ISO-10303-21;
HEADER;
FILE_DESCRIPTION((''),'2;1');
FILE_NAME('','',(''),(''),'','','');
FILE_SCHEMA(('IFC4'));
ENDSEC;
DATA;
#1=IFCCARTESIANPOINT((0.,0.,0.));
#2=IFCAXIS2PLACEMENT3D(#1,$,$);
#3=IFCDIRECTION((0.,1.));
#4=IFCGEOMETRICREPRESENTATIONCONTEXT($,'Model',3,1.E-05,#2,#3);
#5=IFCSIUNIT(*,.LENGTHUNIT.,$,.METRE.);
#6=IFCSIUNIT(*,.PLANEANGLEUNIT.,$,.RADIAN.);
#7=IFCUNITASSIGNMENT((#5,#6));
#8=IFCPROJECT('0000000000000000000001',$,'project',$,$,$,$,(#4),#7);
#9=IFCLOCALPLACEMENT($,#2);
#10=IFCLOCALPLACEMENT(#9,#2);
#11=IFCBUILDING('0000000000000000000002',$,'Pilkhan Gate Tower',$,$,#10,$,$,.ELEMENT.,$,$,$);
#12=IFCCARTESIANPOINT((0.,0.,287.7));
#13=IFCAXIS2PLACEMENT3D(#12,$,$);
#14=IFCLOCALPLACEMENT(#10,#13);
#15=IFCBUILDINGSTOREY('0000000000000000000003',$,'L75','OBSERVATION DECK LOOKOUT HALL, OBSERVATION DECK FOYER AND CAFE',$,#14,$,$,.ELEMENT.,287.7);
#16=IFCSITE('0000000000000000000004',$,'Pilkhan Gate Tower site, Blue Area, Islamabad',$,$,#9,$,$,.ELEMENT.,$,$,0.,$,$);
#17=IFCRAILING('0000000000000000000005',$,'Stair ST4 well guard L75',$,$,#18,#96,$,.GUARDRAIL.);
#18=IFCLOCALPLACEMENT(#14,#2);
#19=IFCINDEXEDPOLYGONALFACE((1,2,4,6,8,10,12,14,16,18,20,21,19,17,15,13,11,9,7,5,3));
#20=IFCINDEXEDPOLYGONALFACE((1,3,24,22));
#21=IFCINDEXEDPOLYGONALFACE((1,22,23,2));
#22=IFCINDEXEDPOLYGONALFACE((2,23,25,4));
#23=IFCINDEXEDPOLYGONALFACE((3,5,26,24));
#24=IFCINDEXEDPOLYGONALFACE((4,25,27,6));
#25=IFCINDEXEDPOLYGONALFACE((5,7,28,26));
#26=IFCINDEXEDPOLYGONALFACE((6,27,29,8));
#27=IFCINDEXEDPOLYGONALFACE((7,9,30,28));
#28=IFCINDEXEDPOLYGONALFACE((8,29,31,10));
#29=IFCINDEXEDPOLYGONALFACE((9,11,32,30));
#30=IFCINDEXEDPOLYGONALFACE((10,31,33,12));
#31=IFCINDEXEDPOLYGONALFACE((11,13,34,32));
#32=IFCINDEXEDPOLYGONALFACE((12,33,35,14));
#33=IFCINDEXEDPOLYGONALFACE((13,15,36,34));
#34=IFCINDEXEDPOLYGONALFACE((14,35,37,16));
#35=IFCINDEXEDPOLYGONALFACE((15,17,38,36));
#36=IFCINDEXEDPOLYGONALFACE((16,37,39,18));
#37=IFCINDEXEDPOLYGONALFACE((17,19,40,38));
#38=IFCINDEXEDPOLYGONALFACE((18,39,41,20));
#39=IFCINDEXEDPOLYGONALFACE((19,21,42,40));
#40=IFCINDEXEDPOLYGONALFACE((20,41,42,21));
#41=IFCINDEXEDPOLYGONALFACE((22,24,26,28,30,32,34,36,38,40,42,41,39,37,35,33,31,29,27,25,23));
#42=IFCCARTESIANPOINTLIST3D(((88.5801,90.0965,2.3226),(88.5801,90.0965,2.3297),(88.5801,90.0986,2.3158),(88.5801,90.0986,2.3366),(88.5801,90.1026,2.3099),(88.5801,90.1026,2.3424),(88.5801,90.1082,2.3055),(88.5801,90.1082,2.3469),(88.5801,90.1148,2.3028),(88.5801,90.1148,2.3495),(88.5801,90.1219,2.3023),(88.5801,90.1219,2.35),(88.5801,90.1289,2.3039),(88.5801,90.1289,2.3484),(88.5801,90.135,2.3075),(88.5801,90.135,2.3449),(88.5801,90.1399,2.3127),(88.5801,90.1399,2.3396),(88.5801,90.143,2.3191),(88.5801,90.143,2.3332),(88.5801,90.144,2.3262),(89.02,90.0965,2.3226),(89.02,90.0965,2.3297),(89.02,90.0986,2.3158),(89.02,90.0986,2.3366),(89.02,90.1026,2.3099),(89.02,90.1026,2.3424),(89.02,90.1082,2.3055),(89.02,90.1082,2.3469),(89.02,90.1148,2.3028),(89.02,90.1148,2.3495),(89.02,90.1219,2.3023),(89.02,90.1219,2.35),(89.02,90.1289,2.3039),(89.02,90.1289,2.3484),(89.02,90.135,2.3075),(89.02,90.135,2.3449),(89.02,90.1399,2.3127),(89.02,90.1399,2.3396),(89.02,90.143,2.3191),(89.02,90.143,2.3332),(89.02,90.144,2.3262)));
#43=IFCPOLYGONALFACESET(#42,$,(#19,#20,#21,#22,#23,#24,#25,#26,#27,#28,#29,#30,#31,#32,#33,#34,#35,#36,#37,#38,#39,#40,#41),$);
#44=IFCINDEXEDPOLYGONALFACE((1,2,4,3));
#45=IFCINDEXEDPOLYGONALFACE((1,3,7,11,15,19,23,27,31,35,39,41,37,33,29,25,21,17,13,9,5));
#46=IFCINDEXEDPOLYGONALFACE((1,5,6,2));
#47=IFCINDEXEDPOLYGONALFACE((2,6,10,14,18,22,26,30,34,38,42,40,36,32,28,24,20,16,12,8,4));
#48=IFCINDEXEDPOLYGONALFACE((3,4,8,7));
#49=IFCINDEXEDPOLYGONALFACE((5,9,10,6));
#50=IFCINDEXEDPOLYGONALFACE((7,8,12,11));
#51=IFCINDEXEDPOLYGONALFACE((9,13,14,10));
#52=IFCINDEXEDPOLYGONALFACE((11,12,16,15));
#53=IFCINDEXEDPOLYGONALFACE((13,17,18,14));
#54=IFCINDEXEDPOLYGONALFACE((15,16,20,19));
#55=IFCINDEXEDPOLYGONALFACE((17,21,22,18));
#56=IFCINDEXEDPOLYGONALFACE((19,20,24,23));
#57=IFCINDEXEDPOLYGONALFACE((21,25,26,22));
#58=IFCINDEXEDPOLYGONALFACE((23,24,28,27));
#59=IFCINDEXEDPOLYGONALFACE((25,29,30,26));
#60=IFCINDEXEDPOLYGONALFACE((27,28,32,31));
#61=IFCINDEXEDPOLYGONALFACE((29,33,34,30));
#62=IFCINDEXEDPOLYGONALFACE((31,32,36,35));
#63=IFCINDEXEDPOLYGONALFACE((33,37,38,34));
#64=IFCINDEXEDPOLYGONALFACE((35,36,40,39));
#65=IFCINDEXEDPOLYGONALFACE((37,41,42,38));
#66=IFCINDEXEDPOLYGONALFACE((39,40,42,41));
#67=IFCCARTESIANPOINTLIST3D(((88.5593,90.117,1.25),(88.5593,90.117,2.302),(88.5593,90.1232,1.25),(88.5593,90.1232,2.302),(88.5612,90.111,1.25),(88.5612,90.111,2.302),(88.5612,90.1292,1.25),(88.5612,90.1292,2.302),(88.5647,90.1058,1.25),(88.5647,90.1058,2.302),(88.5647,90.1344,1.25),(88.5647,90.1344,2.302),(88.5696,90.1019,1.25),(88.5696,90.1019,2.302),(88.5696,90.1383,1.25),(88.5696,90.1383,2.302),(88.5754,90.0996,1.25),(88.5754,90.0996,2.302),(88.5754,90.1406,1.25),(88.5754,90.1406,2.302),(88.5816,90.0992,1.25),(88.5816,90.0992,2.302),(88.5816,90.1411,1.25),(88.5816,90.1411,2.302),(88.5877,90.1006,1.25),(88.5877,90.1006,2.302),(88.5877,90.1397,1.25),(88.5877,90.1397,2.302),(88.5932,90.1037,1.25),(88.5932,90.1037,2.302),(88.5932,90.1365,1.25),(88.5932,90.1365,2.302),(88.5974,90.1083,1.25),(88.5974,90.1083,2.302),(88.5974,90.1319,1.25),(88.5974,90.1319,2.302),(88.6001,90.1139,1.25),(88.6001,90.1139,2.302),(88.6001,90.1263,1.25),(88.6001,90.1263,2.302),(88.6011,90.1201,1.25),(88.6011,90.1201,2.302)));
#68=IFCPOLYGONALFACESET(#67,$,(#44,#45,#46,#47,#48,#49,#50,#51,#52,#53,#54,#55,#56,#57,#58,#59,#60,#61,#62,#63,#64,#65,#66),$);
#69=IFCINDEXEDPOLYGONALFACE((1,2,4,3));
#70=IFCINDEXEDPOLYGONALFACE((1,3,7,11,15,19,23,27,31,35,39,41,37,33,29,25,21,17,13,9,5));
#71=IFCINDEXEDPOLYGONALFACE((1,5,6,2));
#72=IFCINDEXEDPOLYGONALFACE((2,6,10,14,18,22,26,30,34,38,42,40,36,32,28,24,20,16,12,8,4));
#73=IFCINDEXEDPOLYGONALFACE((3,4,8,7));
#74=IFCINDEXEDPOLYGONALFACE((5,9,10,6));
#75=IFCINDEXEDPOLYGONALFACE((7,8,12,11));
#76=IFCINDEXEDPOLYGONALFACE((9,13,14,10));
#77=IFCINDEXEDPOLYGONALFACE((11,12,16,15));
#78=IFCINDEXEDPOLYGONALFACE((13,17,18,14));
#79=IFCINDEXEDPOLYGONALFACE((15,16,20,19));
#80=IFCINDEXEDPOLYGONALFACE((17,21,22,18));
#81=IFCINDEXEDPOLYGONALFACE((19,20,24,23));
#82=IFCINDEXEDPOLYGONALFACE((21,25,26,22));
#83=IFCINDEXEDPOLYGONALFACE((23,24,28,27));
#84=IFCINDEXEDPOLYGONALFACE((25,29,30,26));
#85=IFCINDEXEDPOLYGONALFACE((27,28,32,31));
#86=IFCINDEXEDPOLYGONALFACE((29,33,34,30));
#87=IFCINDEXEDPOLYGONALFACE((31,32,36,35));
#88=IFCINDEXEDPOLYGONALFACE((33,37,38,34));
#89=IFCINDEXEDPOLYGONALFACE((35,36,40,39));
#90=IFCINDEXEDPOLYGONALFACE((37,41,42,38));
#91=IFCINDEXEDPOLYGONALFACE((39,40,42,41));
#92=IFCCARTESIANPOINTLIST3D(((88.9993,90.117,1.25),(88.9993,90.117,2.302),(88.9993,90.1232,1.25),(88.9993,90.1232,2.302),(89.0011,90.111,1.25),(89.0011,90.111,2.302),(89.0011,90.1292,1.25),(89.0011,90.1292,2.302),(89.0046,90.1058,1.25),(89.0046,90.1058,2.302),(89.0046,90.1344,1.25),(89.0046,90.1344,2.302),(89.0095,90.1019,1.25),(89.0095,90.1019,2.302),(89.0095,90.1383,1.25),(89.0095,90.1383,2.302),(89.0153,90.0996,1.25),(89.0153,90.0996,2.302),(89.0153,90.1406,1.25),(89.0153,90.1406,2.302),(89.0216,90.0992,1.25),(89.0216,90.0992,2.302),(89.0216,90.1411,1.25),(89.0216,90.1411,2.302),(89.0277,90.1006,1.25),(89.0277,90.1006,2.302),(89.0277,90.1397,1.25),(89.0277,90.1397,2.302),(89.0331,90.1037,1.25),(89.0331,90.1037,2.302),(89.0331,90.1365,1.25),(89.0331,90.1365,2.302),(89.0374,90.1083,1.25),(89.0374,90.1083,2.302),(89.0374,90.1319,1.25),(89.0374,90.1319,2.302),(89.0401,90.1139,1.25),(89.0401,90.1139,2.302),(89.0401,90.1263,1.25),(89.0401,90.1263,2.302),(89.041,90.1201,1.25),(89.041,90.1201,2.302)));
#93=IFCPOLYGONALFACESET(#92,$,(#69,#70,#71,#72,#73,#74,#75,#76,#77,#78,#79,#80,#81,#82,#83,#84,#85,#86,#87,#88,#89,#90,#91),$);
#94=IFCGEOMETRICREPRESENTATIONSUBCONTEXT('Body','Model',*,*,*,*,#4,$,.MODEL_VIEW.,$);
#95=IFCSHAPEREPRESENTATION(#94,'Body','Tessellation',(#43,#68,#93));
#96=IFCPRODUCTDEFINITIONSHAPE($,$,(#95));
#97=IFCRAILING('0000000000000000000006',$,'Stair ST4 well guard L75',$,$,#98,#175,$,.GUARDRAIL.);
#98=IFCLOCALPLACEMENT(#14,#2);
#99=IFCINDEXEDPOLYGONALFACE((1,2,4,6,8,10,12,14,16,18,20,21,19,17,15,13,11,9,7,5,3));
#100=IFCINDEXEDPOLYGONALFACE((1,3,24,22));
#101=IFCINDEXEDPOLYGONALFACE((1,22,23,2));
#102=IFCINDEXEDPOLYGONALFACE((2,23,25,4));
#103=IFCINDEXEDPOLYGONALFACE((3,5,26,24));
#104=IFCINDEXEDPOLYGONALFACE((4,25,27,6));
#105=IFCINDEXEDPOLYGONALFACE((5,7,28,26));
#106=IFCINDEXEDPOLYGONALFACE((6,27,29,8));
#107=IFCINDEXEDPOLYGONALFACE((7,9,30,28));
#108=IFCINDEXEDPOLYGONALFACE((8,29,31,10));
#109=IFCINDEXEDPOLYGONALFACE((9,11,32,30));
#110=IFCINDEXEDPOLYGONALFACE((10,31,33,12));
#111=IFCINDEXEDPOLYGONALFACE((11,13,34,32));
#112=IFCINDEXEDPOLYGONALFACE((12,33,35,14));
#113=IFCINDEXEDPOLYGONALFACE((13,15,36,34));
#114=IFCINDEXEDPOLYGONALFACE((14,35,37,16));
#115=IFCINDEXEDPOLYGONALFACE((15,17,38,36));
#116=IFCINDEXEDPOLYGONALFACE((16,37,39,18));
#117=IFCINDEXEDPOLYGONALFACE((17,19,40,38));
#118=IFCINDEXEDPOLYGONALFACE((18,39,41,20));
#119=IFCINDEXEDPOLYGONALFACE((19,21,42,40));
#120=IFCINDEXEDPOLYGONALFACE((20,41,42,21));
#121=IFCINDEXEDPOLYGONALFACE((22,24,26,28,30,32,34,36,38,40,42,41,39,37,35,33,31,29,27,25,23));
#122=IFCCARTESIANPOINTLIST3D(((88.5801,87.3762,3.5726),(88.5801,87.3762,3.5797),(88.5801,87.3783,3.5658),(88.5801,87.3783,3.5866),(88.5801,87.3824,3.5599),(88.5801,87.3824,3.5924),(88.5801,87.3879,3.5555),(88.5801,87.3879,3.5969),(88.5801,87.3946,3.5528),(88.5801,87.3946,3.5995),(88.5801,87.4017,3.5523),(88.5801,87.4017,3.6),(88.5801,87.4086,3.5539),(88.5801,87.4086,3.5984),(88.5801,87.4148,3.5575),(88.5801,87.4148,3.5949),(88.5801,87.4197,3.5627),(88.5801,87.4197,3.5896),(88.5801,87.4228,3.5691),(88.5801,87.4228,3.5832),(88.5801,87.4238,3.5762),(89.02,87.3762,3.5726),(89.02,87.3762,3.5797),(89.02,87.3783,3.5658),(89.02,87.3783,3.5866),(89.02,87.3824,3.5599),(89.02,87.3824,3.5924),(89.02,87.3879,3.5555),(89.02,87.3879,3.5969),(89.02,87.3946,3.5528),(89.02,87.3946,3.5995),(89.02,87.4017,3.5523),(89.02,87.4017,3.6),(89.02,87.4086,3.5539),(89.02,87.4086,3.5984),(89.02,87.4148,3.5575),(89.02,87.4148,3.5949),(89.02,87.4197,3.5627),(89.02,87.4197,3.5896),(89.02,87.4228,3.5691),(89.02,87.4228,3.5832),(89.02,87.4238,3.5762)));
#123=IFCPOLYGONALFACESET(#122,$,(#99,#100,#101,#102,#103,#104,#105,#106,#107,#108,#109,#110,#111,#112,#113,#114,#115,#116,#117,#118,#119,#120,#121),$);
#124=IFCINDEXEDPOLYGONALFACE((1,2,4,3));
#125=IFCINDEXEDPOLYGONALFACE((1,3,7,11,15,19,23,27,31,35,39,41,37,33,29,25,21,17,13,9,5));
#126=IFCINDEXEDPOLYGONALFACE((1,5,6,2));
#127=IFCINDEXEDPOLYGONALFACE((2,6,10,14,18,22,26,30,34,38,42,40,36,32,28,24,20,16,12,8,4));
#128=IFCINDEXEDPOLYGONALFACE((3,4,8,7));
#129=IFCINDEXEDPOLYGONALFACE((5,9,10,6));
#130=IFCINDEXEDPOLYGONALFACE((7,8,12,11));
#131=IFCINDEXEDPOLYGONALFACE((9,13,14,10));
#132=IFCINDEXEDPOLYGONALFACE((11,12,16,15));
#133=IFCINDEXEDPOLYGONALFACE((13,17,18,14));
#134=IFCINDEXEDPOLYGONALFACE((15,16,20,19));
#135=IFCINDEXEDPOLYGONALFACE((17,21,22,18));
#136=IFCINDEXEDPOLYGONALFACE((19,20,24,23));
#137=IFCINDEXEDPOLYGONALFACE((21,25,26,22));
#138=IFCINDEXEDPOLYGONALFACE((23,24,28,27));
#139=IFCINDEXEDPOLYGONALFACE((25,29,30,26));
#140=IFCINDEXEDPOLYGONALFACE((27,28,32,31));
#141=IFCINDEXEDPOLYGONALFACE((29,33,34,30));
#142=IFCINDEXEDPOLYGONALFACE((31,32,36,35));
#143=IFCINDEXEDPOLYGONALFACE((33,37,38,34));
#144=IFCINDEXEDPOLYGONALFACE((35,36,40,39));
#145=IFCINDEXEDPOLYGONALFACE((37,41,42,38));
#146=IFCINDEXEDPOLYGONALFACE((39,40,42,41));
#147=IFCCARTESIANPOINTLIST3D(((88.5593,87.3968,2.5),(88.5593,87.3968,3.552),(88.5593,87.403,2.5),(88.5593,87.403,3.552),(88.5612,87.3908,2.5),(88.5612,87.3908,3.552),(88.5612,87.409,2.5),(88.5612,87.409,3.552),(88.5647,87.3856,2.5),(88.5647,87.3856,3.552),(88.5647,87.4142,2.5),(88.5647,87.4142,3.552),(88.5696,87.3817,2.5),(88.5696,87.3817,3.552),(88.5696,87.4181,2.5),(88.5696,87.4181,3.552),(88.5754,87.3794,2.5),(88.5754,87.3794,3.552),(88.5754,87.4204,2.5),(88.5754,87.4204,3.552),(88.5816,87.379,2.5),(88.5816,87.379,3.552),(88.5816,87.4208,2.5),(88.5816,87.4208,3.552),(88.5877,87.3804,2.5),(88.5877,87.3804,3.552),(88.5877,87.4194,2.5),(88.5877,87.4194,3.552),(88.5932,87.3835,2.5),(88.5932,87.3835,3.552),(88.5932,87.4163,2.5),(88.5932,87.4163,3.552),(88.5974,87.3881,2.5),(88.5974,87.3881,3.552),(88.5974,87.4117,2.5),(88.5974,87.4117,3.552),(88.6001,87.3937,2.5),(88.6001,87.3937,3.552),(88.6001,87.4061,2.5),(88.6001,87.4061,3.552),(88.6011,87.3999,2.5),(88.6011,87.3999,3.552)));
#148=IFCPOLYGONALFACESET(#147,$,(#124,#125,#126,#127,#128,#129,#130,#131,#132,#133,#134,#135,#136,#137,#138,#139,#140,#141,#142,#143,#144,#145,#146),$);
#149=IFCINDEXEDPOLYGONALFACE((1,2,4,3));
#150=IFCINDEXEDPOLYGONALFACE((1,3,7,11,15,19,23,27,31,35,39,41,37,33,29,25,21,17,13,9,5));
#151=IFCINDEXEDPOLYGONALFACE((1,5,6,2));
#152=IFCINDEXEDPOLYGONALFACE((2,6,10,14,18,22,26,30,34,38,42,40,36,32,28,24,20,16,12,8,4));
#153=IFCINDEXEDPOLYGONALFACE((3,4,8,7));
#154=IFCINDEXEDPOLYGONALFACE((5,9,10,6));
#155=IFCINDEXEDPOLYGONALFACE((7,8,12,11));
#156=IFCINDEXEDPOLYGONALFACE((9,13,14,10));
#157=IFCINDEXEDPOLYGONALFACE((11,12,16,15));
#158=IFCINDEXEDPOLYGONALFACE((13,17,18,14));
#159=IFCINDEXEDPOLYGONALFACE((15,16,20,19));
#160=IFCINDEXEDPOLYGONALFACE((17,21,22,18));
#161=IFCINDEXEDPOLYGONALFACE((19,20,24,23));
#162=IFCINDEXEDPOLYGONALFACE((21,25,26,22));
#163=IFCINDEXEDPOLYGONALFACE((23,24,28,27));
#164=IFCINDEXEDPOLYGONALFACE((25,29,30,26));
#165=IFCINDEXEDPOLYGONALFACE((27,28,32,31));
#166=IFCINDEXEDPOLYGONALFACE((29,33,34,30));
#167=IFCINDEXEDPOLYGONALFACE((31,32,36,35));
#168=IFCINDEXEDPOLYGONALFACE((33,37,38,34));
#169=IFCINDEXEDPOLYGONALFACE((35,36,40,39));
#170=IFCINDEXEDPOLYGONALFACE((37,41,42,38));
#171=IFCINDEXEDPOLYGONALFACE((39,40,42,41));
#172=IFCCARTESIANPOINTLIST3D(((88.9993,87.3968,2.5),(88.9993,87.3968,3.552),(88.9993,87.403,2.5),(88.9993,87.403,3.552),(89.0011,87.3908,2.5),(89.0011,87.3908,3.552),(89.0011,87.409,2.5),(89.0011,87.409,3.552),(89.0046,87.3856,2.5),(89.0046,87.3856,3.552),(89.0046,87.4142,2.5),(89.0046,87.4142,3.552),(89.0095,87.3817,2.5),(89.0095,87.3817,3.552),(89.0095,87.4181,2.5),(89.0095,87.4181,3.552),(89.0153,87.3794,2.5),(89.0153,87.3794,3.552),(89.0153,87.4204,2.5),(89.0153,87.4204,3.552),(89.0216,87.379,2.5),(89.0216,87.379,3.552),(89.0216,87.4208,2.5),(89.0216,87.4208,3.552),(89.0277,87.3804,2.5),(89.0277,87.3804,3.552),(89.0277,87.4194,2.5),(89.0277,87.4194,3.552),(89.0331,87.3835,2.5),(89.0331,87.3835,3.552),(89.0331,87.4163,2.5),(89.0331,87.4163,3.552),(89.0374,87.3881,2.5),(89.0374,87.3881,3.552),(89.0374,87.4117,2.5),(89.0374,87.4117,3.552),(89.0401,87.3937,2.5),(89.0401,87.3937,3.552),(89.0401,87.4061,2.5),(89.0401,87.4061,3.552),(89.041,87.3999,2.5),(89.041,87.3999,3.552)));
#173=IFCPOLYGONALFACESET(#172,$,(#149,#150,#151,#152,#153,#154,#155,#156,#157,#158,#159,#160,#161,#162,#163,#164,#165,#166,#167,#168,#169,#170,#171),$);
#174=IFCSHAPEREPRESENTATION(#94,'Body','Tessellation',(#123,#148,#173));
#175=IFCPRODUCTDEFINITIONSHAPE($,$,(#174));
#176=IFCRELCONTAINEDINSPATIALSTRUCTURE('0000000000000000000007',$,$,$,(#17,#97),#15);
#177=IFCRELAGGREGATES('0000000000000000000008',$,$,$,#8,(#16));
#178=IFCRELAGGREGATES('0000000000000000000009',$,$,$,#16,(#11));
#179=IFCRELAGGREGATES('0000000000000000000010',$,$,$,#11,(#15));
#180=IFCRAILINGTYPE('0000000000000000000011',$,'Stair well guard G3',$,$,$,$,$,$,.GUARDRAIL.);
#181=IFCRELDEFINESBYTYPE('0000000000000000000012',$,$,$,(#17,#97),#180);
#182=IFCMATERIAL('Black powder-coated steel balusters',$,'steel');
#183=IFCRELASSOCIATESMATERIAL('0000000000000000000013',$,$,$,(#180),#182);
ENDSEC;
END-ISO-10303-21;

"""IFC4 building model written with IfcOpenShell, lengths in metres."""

from ifc_helpers import new_model, si_unit, direction, frame, origin, origin_2d, place, context, subcontext, project, spatial, circle, extrude, material, type_object, element, save


model = new_model("IFC4")

# Units and contexts
model_context = context("Model", 3, precision=1e-05, world=origin(), true_north=direction((0.0, 1.0)))
body_context = subcontext(model_context, "Body", "Model", "MODEL_VIEW")
ifc_project = project(units=[si_unit("LENGTHUNIT", "METRE"), si_unit("PLANEANGLEUNIT", "RADIAN")], contexts=[model_context])

# Site, building, storey
site_placement = place(None, origin())
site = spatial("IfcSite", under=ifc_project, at=site_placement, Name="Pilkhan Gate Tower site, Blue Area, Islamabad", CompositionType="ELEMENT", RefElevation=0.0)
building_placement = place(site_placement, origin())
building = spatial("IfcBuilding", under=site, at=building_placement, Name="Pilkhan Gate Tower", CompositionType="ELEMENT")
storey_placement = place(building_placement, frame((0.0, 0.0, 287.7)))
storey = spatial("IfcBuildingStorey", under=building, at=storey_placement, Name="L75", Description="OBSERVATION DECK LOOKOUT HALL, OBSERVATION DECK FOYER AND CAFE", CompositionType="ELEMENT", Elevation=287.7)

# Railings
ifc_material_1 = material(Name="Black powder-coated steel balusters", Category="steel")
railing_type_1 = type_object("IfcRailingType", Name="Stair well guard G3", PredefinedType="GUARDRAIL", material=ifc_material_1)
for number, where, name in (
    (1, (88.5801, 90.1201, 1.25), "Stair ST4 well guard L75"),
    (2, (88.5801, 87.3999, 2.5), "Stair ST4 well guard L75"),
):
    element("IfcRailing", number, at=place(storey_placement, frame(where)), inside=storey, type_object=railing_type_1, Name=name, PredefinedType="GUARDRAIL", context=body_context, shape_type="SweptSolid", body=[
        extrude(circle(Radius=0.0239, at=origin_2d()), frame((0.0, 0.0, 1.0762), z_axis=(1.0, 0.0, 0.0), x_axis=(0.0, 1.0, 0.0)), (0.0, 0.0, 1.0), 0.4399),
        extrude(circle(Radius=0.021, at=origin_2d()), origin(), (0.0, 0.0, 1.0), 1.052),
        extrude(circle(Radius=0.021, at=origin_2d()), frame((0.4399, 0.0, 0.0)), (0.0, 0.0, 1.0), 1.052),
    ])

save(model, "model.ifc")
